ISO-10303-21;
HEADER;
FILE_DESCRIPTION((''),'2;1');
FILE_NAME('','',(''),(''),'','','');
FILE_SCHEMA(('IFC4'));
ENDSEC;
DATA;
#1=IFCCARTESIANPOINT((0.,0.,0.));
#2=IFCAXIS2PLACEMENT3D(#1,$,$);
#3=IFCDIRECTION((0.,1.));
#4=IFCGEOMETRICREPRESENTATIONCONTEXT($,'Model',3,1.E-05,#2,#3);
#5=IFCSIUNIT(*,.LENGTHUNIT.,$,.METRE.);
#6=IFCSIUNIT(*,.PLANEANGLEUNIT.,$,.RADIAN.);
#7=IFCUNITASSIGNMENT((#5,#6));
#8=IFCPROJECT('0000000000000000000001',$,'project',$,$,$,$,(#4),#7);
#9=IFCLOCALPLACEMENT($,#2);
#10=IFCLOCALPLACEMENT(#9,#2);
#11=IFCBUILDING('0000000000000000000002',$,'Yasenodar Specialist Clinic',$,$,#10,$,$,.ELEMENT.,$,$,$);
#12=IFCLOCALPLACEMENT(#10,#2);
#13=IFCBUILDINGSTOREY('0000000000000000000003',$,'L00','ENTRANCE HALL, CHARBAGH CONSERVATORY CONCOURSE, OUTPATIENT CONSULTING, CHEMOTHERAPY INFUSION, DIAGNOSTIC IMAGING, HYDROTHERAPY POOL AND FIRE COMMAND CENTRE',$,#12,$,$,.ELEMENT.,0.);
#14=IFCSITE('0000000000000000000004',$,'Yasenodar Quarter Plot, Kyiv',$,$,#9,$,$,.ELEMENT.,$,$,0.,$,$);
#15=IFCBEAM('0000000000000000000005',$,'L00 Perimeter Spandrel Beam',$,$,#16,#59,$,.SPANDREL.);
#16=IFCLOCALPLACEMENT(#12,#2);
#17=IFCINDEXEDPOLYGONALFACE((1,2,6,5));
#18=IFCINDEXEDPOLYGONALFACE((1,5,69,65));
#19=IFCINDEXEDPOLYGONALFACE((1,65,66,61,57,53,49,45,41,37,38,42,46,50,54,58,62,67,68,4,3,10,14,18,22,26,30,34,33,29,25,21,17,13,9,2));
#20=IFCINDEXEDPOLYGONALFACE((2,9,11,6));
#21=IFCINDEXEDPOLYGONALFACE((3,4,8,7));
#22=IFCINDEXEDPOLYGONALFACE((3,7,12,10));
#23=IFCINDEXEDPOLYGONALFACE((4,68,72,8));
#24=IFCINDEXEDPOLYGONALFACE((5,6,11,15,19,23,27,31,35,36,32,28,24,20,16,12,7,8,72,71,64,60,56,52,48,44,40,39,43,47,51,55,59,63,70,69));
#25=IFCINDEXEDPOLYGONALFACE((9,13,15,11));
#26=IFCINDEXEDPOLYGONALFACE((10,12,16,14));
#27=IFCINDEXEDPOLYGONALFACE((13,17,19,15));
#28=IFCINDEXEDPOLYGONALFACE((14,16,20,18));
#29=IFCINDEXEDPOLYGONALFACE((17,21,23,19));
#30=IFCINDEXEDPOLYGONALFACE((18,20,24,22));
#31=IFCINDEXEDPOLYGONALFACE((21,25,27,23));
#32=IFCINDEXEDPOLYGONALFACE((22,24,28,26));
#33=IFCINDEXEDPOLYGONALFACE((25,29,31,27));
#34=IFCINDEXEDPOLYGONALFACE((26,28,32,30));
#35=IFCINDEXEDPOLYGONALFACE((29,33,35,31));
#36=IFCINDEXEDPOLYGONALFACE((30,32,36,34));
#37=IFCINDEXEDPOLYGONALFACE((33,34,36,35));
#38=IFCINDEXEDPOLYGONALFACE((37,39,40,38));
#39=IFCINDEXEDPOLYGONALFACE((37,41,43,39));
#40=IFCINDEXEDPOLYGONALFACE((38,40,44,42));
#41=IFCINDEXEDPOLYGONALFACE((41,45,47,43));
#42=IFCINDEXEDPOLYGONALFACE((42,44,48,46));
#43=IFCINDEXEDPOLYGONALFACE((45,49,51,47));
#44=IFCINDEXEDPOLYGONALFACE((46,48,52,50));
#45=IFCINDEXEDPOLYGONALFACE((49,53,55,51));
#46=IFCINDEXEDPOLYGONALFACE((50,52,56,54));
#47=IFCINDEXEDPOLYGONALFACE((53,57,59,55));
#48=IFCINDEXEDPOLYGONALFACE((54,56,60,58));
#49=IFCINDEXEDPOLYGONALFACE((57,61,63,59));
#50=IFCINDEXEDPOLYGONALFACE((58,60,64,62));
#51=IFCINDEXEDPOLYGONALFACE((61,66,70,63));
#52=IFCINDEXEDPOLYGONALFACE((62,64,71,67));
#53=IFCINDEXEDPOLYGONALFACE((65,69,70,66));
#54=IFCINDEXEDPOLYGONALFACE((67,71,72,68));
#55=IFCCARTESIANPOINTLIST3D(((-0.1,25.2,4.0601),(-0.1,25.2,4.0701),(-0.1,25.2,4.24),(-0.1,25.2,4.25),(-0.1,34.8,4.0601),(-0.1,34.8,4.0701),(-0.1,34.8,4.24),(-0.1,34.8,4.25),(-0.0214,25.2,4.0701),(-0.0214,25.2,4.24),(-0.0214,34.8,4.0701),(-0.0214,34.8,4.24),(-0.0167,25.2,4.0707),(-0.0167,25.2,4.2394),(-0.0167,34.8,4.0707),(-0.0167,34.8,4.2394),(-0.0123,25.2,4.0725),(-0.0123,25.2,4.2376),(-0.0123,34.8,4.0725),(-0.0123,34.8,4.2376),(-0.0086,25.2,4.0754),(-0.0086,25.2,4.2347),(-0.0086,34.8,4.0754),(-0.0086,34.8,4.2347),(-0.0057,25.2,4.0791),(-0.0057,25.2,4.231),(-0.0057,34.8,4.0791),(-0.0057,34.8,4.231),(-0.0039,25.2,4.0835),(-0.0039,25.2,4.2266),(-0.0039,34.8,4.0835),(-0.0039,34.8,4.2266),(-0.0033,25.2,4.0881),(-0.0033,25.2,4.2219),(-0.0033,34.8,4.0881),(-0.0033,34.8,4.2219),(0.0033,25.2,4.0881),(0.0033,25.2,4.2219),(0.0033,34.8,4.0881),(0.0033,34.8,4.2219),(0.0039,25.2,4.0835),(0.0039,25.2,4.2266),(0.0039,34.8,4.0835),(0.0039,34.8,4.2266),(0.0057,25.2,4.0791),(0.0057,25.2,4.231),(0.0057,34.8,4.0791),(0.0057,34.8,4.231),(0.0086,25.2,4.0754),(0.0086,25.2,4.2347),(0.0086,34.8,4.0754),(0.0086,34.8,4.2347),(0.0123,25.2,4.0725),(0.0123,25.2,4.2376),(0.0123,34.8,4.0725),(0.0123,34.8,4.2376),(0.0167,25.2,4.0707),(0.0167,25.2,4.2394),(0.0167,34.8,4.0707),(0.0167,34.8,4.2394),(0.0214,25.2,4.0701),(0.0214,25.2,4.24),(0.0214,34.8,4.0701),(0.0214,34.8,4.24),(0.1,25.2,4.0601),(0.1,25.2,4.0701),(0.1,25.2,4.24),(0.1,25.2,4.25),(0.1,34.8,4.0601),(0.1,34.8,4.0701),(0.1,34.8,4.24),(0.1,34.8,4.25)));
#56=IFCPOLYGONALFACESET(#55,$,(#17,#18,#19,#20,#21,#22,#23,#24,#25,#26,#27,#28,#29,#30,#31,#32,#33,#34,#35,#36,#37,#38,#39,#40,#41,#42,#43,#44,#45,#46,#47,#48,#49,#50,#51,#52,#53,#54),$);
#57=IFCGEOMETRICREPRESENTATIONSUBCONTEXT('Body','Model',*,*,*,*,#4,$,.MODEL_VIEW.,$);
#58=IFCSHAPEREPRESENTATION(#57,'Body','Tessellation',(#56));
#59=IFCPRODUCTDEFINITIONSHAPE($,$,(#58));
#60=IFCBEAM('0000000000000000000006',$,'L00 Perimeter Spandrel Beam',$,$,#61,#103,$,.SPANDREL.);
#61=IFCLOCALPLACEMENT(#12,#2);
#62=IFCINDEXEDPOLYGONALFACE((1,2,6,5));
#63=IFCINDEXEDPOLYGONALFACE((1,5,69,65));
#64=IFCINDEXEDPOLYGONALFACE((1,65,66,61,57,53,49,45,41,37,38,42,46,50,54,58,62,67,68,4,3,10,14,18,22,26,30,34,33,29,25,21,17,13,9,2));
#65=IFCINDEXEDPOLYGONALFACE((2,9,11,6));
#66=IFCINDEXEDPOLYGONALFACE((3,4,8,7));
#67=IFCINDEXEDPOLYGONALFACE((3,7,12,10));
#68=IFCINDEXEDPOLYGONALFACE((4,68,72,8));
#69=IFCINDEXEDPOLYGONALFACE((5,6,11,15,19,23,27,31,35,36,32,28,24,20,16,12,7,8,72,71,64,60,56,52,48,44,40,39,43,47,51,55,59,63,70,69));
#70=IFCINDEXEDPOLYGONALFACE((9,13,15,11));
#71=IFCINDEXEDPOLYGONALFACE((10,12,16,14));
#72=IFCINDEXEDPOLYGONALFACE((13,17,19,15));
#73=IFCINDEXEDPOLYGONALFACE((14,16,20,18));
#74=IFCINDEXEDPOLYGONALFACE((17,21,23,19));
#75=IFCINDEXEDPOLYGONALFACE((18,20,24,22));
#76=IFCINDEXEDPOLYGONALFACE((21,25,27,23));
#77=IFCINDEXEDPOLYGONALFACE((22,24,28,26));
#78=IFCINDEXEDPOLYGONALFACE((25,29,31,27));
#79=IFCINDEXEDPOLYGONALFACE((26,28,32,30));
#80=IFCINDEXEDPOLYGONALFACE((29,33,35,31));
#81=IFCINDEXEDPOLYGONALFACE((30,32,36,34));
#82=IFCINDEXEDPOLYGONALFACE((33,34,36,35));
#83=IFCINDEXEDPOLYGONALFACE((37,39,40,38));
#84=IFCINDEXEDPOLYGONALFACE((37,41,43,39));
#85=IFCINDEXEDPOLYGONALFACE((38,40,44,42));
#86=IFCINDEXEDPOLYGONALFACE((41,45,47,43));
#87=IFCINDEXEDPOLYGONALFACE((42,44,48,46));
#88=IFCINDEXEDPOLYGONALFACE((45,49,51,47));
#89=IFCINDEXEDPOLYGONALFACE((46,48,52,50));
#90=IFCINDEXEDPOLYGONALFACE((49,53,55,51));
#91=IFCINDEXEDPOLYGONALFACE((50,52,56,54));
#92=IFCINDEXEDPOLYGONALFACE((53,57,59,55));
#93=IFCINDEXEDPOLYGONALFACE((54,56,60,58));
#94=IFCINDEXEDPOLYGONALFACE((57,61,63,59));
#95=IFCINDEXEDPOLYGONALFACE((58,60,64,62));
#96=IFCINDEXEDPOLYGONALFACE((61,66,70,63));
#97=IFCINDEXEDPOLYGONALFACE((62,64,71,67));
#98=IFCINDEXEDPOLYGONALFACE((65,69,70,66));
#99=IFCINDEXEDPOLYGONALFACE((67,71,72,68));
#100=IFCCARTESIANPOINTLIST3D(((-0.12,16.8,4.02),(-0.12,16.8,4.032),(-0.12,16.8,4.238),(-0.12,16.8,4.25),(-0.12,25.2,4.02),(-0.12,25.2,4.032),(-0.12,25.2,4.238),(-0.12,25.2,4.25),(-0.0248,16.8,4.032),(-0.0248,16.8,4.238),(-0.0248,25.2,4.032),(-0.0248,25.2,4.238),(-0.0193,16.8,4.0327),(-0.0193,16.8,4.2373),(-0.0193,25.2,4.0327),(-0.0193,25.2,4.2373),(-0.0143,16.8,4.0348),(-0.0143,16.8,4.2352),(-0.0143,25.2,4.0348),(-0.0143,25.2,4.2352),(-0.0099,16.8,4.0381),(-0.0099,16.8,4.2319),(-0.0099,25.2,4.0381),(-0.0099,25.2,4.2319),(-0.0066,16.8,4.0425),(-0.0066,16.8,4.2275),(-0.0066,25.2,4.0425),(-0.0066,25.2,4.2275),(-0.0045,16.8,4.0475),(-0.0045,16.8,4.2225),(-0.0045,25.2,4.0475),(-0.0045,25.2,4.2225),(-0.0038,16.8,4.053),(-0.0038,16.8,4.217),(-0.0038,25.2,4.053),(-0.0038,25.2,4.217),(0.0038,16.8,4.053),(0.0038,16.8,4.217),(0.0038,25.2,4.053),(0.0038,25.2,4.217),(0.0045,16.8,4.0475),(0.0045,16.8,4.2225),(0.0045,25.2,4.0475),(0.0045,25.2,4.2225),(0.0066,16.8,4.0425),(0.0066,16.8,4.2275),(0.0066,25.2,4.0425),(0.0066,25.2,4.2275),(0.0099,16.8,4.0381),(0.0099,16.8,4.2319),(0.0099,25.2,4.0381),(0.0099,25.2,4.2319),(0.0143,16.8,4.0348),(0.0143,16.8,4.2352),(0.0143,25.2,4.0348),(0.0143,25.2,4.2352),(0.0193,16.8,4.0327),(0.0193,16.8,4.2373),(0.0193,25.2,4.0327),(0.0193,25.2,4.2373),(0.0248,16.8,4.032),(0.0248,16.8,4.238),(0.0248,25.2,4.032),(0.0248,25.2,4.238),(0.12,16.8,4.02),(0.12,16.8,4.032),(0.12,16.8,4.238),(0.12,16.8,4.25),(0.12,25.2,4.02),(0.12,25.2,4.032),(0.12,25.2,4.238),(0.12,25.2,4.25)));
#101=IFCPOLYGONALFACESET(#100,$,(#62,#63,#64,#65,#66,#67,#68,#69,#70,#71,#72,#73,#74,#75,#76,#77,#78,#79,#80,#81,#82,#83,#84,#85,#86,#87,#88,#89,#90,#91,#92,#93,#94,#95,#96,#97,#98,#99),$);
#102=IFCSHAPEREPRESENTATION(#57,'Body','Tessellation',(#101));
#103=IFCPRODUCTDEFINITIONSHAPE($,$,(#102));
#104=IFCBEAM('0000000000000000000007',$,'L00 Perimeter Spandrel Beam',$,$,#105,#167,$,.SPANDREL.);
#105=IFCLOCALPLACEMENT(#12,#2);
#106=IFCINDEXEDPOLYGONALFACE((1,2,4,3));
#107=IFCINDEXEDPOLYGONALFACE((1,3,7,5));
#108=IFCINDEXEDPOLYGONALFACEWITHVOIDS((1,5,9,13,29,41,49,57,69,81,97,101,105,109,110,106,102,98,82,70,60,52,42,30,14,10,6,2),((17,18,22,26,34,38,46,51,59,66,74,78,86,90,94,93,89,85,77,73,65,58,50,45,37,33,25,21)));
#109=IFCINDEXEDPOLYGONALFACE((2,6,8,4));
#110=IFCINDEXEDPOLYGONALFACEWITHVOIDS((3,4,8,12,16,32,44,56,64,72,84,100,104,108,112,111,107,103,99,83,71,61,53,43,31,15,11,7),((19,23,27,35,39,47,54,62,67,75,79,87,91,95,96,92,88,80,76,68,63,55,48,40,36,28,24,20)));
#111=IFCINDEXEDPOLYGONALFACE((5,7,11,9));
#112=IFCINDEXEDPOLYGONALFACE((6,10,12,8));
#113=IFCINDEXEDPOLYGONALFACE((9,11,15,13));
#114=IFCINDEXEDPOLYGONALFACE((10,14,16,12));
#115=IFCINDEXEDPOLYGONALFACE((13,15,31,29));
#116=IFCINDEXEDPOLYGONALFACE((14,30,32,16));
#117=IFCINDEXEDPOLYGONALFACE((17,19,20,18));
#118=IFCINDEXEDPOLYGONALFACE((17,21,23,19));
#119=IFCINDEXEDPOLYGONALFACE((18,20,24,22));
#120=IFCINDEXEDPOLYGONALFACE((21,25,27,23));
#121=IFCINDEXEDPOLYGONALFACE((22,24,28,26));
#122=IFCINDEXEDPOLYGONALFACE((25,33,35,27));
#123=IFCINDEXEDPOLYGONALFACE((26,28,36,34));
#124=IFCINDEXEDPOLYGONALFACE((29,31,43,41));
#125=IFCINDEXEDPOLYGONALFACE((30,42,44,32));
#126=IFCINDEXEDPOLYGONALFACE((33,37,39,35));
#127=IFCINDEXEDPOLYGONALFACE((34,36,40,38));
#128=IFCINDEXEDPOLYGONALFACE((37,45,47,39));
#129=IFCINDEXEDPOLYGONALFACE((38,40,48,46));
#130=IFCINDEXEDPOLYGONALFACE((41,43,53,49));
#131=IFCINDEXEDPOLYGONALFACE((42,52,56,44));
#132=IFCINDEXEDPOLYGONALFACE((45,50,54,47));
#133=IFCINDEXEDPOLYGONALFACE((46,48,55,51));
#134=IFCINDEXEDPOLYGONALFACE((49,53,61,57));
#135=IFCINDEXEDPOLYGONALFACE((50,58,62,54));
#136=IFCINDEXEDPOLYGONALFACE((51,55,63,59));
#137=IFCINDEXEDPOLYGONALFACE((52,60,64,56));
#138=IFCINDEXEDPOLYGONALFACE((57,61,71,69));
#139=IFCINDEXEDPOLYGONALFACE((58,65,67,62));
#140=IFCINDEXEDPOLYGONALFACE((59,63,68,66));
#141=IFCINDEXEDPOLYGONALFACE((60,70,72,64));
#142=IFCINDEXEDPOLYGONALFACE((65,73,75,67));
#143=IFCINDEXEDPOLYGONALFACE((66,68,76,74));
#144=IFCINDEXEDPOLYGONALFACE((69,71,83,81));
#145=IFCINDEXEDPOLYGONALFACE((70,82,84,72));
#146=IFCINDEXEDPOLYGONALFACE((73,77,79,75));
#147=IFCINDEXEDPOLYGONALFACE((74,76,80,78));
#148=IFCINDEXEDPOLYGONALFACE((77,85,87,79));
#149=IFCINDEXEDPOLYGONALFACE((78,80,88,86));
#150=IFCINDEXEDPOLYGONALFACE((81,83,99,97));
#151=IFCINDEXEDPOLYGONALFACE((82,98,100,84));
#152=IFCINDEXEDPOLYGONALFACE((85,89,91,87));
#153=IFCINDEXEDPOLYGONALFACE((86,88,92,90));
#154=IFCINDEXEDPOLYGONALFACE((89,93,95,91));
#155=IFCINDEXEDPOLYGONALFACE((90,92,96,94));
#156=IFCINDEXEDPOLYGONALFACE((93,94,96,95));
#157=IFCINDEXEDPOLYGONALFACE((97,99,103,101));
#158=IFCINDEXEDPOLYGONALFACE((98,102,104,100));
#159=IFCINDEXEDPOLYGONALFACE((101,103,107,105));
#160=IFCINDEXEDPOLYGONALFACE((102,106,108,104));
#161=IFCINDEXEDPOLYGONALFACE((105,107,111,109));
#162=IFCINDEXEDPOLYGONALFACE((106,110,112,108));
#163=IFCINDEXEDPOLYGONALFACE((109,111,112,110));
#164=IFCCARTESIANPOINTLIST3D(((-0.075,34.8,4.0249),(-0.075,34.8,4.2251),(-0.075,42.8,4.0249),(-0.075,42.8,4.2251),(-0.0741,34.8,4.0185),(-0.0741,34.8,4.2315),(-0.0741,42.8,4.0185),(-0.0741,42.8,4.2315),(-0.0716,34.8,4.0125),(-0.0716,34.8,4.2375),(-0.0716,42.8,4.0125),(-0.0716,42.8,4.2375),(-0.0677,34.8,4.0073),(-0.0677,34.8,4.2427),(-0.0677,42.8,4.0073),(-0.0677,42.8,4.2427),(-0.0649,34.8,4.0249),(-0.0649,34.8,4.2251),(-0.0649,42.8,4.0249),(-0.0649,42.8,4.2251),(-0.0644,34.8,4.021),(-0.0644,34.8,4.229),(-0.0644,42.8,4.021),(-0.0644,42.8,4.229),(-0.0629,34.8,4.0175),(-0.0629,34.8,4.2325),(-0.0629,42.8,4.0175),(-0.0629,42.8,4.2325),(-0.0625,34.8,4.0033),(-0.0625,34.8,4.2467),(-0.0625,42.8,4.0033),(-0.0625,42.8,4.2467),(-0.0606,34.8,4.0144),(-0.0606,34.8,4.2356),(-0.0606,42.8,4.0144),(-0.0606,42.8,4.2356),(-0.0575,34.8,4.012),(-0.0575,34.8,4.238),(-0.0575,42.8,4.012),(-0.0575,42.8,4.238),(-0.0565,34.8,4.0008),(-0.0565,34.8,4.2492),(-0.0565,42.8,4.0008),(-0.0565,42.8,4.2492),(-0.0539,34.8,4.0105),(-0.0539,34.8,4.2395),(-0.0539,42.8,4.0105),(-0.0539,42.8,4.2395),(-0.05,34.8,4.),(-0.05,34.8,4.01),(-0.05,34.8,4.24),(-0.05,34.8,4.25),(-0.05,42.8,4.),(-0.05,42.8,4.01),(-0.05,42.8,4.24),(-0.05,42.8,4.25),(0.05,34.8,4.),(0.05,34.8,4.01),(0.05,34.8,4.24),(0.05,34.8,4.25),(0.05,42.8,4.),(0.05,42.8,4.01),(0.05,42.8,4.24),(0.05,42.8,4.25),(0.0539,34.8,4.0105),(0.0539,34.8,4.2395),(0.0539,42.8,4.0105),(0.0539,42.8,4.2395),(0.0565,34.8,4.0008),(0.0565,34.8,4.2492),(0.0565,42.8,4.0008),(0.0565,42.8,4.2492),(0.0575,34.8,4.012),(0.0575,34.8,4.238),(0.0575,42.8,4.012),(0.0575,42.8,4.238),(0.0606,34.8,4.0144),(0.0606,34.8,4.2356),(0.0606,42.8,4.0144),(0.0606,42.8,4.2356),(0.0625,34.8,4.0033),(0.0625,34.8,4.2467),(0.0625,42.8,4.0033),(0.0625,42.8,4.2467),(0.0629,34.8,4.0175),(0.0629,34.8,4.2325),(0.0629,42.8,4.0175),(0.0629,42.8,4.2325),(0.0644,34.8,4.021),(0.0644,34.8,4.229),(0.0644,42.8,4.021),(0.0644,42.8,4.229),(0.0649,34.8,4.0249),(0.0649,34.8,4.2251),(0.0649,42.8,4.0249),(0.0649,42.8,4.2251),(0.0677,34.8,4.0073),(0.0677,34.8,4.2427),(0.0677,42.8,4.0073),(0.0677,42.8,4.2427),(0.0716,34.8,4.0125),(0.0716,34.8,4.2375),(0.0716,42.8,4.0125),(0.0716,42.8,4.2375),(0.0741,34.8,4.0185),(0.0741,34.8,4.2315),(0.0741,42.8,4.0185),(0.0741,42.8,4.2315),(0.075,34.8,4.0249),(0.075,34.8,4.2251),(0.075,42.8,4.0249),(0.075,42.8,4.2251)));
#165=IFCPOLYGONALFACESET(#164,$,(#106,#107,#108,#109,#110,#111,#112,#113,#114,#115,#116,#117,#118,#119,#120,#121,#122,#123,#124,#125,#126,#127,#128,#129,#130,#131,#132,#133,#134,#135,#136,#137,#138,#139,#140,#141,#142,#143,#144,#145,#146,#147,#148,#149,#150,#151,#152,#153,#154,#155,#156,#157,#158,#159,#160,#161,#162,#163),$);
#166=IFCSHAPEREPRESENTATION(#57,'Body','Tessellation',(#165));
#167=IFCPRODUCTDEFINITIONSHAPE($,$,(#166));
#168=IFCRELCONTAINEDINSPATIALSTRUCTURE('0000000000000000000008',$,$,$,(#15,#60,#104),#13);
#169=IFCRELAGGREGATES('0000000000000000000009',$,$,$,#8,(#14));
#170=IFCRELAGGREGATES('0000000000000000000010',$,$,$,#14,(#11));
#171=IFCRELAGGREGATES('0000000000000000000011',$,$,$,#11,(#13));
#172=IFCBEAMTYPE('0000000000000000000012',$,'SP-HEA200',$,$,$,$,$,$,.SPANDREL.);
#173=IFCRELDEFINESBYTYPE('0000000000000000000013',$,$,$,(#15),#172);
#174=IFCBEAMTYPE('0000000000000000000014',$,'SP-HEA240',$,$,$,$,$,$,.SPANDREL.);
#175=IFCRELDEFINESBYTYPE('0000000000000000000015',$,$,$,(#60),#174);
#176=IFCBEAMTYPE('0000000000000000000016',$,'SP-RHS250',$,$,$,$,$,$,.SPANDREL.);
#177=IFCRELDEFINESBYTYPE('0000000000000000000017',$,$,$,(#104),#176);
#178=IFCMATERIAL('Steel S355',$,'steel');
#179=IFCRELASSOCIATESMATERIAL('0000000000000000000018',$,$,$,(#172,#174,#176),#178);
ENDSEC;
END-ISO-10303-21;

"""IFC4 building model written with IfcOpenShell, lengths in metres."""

from ifc_helpers import new_model, si_unit, direction, frame, origin, origin_2d, place, context, subcontext, project, spatial, hollow_rectangle, i_section, extrude, material, material_profile, profile_set, type_object, element, save


model = new_model("IFC4")

# Units and contexts
model_context = context("Model", 3, precision=1e-05, world=origin(), true_north=direction((0.0, 1.0)))
body_context = subcontext(model_context, "Body", "Model", "MODEL_VIEW")
ifc_project = project(units=[si_unit("LENGTHUNIT", "METRE"), si_unit("PLANEANGLEUNIT", "RADIAN")], contexts=[model_context])

# Site, building, storey
site_placement = place(None, origin())
site = spatial("IfcSite", under=ifc_project, at=site_placement, Name="Yasenodar Quarter Plot, Kyiv", CompositionType="ELEMENT", RefElevation=0.0)
building_placement = place(site_placement, origin())
building = spatial("IfcBuilding", under=site, at=building_placement, Name="Yasenodar Specialist Clinic", CompositionType="ELEMENT")
storey_placement = place(building_placement, origin())
storey = spatial("IfcBuildingStorey", under=building, at=storey_placement, Name="L00", Description="ENTRANCE HALL, CHARBAGH CONSERVATORY CONCOURSE, OUTPATIENT CONSULTING, CHEMOTHERAPY INFUSION, DIAGNOSTIC IMAGING, HYDROTHERAPY POOL AND FIRE COMMAND CENTRE", CompositionType="ELEMENT", Elevation=0.0)

# Shared definitions
ifc_material_1 = material(Name="Steel S355", Category="steel")

# Beams
ifc_material_profile_1 = material_profile(ifc_material_1, i_section(OverallWidth=0.2, OverallDepth=0.1899, WebThickness=0.0066, FlangeThickness=0.01, FilletRadius=0.0181, at=origin_2d()), Name="HEA 200")
ifc_profile_set_1 = profile_set([ifc_material_profile_1], Name="Steel S355")
beam_type_1 = type_object("IfcBeamType", Name="SP-HEA200", PredefinedType="SPANDREL", material=ifc_profile_set_1)
beam_1_placement = place(storey_placement, frame((0.0, 25.2, 4.155), z_axis=(0.0, 1.0, 0.0), x_axis=(-1.0, 0.0, 0.0)))
element("IfcBeam", 1, at=beam_1_placement, inside=storey, type_object=beam_type_1, Name="L00 Perimeter Spandrel Beam", PredefinedType="SPANDREL", context=body_context, shape_type="SweptSolid", body=[
    extrude(i_section(OverallWidth=0.2, OverallDepth=0.1899, WebThickness=0.0066, FlangeThickness=0.01, FilletRadius=0.0181, at=origin_2d()), origin(), (0.0, 0.0, 1.0), 9.6001),
])
ifc_material_profile_2 = material_profile(ifc_material_1, i_section(OverallWidth=0.24, OverallDepth=0.23, WebThickness=0.0076, FlangeThickness=0.012, FilletRadius=0.021, at=origin_2d()), Name="HEA 240")
ifc_profile_set_2 = profile_set([ifc_material_profile_2], Name="Steel S355")
beam_type_2 = type_object("IfcBeamType", Name="SP-HEA240", PredefinedType="SPANDREL", material=ifc_profile_set_2)
beam_2_placement = place(storey_placement, frame((0.0, 16.8, 4.135), z_axis=(0.0, 1.0, 0.0), x_axis=(-1.0, 0.0, 0.0)))
element("IfcBeam", 2, at=beam_2_placement, inside=storey, type_object=beam_type_2, Name="L00 Perimeter Spandrel Beam", PredefinedType="SPANDREL", context=body_context, shape_type="SweptSolid", body=[
    extrude(i_section(OverallWidth=0.24, OverallDepth=0.23, WebThickness=0.0076, FlangeThickness=0.012, FilletRadius=0.021, at=origin_2d()), origin(), (0.0, 0.0, 1.0), 8.3999),
])
ifc_material_profile_3 = material_profile(ifc_material_1, hollow_rectangle(XDim=0.1499, YDim=0.25, WallThickness=0.01, InnerFilletRadius=0.0149, OuterFilletRadius=0.0249, at=origin_2d()), Name="RHS 250x150x10")
ifc_profile_set_3 = profile_set([ifc_material_profile_3], Name="Steel S355")
beam_type_3 = type_object("IfcBeamType", Name="SP-RHS250", PredefinedType="SPANDREL", material=ifc_profile_set_3)
beam_3_placement = place(storey_placement, frame((0.0, 34.8, 4.125), z_axis=(0.0, 1.0, 0.0), x_axis=(-1.0, 0.0, 0.0)))
element("IfcBeam", 3, at=beam_3_placement, inside=storey, type_object=beam_type_3, Name="L00 Perimeter Spandrel Beam", PredefinedType="SPANDREL", context=body_context, shape_type="SweptSolid", body=[
    extrude(hollow_rectangle(XDim=0.1499, YDim=0.25, WallThickness=0.01, InnerFilletRadius=0.0149, OuterFilletRadius=0.0249, at=origin_2d()), origin(), (0.0, 0.0, 1.0), 8.0),
])

save(model, "model.ifc")
